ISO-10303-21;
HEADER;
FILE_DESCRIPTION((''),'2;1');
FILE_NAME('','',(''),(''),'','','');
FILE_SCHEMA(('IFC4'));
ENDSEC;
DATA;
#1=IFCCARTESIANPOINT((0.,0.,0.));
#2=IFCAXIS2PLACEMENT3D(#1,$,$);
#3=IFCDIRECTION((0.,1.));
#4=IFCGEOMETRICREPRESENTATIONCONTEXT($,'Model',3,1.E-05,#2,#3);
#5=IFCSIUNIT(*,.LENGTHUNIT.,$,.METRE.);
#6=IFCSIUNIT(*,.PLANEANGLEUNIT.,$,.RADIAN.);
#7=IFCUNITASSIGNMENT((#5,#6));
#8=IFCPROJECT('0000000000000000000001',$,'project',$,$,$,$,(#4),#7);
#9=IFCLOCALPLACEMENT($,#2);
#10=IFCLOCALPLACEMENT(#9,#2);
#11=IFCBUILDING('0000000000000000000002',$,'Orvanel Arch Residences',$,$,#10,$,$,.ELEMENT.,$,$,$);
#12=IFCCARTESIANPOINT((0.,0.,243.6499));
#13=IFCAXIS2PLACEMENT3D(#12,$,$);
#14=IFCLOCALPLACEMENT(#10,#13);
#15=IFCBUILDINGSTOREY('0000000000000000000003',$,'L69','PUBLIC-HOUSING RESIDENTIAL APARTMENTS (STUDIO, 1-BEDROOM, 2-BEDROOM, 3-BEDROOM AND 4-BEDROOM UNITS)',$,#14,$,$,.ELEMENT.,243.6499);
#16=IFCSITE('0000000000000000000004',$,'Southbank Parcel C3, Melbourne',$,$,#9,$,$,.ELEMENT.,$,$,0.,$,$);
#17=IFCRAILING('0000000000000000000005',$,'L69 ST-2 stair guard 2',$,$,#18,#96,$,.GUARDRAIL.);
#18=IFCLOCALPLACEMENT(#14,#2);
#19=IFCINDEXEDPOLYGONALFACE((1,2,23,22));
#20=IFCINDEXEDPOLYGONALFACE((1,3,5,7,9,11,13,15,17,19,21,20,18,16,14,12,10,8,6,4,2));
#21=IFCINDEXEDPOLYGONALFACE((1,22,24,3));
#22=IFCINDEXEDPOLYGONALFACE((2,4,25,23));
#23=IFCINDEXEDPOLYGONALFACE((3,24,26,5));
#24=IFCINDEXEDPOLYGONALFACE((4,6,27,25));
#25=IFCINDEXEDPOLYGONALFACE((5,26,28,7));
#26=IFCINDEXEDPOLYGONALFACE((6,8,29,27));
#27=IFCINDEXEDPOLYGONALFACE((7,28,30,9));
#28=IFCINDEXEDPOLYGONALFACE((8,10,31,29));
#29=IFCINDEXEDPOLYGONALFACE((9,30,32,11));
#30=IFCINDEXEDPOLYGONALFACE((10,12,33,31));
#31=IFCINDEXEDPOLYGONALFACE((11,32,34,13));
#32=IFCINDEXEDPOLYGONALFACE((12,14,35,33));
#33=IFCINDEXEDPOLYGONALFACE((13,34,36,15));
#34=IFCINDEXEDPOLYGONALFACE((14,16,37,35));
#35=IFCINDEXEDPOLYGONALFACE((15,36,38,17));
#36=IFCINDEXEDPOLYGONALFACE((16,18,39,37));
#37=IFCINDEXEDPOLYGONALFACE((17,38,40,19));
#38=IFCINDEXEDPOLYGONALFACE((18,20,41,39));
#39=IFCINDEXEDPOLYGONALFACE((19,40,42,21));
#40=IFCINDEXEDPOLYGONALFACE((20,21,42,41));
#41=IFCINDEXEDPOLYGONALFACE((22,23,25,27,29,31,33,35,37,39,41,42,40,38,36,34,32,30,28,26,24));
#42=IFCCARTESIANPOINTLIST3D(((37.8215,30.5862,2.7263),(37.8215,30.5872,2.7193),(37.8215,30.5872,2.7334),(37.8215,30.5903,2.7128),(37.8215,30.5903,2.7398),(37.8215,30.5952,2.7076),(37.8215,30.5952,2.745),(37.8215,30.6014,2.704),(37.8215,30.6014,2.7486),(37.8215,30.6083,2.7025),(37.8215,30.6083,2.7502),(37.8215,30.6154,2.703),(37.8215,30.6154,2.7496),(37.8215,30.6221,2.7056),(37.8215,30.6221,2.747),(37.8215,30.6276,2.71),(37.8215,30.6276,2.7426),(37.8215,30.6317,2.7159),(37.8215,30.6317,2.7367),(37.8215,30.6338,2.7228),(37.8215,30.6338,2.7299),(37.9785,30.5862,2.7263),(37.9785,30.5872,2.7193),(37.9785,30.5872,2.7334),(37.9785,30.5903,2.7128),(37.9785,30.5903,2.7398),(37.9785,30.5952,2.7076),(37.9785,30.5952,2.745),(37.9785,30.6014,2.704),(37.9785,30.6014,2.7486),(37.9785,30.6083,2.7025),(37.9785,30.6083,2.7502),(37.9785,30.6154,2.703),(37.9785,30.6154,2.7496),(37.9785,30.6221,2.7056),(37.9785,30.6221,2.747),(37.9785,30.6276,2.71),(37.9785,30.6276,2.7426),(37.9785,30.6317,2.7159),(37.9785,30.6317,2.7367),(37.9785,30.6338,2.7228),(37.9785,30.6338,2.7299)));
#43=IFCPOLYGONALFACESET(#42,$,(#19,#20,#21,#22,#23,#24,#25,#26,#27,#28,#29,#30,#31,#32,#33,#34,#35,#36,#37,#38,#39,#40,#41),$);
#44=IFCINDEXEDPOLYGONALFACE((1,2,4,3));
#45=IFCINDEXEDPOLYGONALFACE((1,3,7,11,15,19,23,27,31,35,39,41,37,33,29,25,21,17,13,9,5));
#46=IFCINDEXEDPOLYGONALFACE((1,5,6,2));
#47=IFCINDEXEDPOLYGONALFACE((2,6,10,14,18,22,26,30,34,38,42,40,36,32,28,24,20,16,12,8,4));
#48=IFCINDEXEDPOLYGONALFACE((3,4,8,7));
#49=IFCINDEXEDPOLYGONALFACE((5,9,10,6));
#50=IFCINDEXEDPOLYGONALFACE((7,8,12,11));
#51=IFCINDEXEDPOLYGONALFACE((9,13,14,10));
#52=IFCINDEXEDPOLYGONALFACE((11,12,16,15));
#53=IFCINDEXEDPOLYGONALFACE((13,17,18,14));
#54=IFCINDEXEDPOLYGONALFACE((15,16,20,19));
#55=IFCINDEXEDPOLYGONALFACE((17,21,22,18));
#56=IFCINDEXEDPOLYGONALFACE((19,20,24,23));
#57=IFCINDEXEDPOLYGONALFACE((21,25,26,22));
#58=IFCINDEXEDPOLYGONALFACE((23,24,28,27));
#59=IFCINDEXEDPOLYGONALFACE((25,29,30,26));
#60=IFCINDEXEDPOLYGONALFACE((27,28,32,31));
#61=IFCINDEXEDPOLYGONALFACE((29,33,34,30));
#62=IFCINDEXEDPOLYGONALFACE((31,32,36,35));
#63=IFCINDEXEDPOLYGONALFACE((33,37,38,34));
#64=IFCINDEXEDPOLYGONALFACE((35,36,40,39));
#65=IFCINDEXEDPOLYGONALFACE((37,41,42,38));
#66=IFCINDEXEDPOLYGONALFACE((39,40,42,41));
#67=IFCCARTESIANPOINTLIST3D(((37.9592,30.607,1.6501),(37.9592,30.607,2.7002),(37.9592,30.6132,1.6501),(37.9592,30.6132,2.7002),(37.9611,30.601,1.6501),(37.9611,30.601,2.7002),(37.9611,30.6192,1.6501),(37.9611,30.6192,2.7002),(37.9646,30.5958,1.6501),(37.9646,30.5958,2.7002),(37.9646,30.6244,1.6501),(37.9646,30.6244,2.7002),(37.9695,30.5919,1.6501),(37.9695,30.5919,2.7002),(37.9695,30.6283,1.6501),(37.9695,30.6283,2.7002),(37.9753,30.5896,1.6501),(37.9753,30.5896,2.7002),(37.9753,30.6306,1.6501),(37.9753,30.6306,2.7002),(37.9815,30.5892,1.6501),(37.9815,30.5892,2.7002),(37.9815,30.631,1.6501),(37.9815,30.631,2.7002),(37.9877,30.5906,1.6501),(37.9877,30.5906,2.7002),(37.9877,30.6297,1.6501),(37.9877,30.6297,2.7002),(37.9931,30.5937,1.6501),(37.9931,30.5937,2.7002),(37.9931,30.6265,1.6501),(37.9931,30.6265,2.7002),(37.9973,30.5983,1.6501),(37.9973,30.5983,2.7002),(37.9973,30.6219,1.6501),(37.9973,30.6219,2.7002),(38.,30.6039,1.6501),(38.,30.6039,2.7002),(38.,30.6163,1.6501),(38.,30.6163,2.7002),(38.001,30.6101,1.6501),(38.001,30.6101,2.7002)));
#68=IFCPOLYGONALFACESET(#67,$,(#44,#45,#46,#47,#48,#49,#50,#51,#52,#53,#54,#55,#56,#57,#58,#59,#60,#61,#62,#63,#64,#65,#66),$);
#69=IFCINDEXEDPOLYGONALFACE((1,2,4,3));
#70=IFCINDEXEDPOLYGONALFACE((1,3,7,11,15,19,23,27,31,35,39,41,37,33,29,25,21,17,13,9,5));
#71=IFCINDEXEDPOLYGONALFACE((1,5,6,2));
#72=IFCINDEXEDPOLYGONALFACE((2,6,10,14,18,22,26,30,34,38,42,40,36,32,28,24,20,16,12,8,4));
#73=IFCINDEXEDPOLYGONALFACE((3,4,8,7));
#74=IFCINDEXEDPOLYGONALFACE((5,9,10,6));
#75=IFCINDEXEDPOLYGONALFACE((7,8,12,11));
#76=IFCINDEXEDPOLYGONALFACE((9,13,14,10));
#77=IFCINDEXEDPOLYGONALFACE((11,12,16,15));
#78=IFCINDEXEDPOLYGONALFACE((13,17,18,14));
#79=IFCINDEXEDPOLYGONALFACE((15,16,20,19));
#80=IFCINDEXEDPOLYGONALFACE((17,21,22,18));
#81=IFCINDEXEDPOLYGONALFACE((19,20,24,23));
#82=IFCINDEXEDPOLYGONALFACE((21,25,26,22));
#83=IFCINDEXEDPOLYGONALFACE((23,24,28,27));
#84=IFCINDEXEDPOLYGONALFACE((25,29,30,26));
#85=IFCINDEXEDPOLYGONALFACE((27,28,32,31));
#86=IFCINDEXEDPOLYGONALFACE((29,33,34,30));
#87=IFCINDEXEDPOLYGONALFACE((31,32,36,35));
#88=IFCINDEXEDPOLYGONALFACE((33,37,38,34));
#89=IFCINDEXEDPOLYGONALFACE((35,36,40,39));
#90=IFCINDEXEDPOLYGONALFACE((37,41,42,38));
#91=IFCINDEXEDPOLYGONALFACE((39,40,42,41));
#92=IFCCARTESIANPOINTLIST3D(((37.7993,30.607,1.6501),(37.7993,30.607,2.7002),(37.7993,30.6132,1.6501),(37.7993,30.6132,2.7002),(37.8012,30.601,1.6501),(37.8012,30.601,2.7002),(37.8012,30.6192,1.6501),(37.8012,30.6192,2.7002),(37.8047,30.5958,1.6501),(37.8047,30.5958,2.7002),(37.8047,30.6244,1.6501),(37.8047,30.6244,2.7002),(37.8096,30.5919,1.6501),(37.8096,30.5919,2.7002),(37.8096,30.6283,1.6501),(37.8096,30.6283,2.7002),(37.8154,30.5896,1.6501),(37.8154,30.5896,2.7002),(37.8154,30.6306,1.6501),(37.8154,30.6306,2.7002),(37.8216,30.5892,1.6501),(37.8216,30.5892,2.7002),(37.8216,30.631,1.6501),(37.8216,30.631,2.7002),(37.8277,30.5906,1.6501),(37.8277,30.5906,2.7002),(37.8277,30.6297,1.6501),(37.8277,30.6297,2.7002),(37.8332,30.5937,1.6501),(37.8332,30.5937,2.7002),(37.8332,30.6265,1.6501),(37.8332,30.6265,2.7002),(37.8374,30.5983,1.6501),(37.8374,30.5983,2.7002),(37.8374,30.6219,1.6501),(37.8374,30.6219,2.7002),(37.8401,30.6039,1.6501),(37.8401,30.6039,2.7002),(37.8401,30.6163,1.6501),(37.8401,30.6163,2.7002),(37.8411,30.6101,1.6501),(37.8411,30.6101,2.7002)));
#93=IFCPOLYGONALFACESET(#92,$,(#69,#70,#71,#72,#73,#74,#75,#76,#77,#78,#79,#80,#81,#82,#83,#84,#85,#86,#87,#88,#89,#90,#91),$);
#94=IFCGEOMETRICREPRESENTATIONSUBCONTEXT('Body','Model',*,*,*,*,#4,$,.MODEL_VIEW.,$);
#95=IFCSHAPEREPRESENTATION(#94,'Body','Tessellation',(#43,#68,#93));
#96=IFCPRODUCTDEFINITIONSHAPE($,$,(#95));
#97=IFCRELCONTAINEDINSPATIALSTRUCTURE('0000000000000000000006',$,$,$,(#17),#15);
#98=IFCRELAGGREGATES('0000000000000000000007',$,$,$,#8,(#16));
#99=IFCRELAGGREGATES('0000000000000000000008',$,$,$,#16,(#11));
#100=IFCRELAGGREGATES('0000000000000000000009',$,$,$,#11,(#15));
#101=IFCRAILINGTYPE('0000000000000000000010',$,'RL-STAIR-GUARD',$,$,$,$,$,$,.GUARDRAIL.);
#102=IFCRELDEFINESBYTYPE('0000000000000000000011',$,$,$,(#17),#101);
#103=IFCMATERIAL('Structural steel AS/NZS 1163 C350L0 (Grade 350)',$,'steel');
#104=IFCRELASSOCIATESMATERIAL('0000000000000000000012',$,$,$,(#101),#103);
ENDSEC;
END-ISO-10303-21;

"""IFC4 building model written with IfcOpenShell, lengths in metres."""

from ifc_helpers import new_model, si_unit, direction, frame, origin, origin_2d, place, context, subcontext, project, spatial, circle, extrude, material, type_object, element, save


model = new_model("IFC4")

# Units and contexts
model_context = context("Model", 3, precision=1e-05, world=origin(), true_north=direction((0.0, 1.0)))
body_context = subcontext(model_context, "Body", "Model", "MODEL_VIEW")
ifc_project = project(units=[si_unit("LENGTHUNIT", "METRE"), si_unit("PLANEANGLEUNIT", "RADIAN")], contexts=[model_context])

# Site, building, storey
site_placement = place(None, origin())
site = spatial("IfcSite", under=ifc_project, at=site_placement, Name="Southbank Parcel C3, Melbourne", CompositionType="ELEMENT", RefElevation=0.0)
building_placement = place(site_placement, origin())
building = spatial("IfcBuilding", under=site, at=building_placement, Name="Orvanel Arch Residences", CompositionType="ELEMENT")
storey_placement = place(building_placement, frame((0.0, 0.0, 243.6499)))
storey = spatial("IfcBuildingStorey", under=building, at=storey_placement, Name="L69", Description="PUBLIC-HOUSING RESIDENTIAL APARTMENTS (STUDIO, 1-BEDROOM, 2-BEDROOM, 3-BEDROOM AND 4-BEDROOM UNITS)", CompositionType="ELEMENT", Elevation=243.6499)

# Shared definitions
ifc_material_1 = material(Name="Structural steel AS/NZS 1163 C350L0 (Grade 350)", Category="steel")

# Railing
railing_type_1 = type_object("IfcRailingType", Name="RL-STAIR-GUARD", PredefinedType="GUARDRAIL", material=ifc_material_1)
railing_1_placement = place(storey_placement, frame((37.98, 30.6101, 1.6501)))
element("IfcRailing", 1, at=railing_1_placement, inside=storey, type_object=railing_type_1, Name="L69 ST-2 stair guard 2", PredefinedType="GUARDRAIL", context=body_context, shape_type="SweptSolid", body=[
    extrude(circle(Radius=0.0239, at=origin_2d()), frame((-0.0015, 0.0, 1.0762), z_axis=(-1.0, 0.0, 0.0), x_axis=(0.0, -1.0, 0.0)), (0.0, 0.0, 1.0), 0.157),
    extrude(circle(Radius=0.021, at=origin_2d()), origin(), (0.0, 0.0, 1.0), 1.05),
    extrude(circle(Radius=0.021, at=origin_2d()), frame((-0.1599, 0.0, 0.0)), (0.0, 0.0, 1.0), 1.05),
])

save(model, "model.ifc")
